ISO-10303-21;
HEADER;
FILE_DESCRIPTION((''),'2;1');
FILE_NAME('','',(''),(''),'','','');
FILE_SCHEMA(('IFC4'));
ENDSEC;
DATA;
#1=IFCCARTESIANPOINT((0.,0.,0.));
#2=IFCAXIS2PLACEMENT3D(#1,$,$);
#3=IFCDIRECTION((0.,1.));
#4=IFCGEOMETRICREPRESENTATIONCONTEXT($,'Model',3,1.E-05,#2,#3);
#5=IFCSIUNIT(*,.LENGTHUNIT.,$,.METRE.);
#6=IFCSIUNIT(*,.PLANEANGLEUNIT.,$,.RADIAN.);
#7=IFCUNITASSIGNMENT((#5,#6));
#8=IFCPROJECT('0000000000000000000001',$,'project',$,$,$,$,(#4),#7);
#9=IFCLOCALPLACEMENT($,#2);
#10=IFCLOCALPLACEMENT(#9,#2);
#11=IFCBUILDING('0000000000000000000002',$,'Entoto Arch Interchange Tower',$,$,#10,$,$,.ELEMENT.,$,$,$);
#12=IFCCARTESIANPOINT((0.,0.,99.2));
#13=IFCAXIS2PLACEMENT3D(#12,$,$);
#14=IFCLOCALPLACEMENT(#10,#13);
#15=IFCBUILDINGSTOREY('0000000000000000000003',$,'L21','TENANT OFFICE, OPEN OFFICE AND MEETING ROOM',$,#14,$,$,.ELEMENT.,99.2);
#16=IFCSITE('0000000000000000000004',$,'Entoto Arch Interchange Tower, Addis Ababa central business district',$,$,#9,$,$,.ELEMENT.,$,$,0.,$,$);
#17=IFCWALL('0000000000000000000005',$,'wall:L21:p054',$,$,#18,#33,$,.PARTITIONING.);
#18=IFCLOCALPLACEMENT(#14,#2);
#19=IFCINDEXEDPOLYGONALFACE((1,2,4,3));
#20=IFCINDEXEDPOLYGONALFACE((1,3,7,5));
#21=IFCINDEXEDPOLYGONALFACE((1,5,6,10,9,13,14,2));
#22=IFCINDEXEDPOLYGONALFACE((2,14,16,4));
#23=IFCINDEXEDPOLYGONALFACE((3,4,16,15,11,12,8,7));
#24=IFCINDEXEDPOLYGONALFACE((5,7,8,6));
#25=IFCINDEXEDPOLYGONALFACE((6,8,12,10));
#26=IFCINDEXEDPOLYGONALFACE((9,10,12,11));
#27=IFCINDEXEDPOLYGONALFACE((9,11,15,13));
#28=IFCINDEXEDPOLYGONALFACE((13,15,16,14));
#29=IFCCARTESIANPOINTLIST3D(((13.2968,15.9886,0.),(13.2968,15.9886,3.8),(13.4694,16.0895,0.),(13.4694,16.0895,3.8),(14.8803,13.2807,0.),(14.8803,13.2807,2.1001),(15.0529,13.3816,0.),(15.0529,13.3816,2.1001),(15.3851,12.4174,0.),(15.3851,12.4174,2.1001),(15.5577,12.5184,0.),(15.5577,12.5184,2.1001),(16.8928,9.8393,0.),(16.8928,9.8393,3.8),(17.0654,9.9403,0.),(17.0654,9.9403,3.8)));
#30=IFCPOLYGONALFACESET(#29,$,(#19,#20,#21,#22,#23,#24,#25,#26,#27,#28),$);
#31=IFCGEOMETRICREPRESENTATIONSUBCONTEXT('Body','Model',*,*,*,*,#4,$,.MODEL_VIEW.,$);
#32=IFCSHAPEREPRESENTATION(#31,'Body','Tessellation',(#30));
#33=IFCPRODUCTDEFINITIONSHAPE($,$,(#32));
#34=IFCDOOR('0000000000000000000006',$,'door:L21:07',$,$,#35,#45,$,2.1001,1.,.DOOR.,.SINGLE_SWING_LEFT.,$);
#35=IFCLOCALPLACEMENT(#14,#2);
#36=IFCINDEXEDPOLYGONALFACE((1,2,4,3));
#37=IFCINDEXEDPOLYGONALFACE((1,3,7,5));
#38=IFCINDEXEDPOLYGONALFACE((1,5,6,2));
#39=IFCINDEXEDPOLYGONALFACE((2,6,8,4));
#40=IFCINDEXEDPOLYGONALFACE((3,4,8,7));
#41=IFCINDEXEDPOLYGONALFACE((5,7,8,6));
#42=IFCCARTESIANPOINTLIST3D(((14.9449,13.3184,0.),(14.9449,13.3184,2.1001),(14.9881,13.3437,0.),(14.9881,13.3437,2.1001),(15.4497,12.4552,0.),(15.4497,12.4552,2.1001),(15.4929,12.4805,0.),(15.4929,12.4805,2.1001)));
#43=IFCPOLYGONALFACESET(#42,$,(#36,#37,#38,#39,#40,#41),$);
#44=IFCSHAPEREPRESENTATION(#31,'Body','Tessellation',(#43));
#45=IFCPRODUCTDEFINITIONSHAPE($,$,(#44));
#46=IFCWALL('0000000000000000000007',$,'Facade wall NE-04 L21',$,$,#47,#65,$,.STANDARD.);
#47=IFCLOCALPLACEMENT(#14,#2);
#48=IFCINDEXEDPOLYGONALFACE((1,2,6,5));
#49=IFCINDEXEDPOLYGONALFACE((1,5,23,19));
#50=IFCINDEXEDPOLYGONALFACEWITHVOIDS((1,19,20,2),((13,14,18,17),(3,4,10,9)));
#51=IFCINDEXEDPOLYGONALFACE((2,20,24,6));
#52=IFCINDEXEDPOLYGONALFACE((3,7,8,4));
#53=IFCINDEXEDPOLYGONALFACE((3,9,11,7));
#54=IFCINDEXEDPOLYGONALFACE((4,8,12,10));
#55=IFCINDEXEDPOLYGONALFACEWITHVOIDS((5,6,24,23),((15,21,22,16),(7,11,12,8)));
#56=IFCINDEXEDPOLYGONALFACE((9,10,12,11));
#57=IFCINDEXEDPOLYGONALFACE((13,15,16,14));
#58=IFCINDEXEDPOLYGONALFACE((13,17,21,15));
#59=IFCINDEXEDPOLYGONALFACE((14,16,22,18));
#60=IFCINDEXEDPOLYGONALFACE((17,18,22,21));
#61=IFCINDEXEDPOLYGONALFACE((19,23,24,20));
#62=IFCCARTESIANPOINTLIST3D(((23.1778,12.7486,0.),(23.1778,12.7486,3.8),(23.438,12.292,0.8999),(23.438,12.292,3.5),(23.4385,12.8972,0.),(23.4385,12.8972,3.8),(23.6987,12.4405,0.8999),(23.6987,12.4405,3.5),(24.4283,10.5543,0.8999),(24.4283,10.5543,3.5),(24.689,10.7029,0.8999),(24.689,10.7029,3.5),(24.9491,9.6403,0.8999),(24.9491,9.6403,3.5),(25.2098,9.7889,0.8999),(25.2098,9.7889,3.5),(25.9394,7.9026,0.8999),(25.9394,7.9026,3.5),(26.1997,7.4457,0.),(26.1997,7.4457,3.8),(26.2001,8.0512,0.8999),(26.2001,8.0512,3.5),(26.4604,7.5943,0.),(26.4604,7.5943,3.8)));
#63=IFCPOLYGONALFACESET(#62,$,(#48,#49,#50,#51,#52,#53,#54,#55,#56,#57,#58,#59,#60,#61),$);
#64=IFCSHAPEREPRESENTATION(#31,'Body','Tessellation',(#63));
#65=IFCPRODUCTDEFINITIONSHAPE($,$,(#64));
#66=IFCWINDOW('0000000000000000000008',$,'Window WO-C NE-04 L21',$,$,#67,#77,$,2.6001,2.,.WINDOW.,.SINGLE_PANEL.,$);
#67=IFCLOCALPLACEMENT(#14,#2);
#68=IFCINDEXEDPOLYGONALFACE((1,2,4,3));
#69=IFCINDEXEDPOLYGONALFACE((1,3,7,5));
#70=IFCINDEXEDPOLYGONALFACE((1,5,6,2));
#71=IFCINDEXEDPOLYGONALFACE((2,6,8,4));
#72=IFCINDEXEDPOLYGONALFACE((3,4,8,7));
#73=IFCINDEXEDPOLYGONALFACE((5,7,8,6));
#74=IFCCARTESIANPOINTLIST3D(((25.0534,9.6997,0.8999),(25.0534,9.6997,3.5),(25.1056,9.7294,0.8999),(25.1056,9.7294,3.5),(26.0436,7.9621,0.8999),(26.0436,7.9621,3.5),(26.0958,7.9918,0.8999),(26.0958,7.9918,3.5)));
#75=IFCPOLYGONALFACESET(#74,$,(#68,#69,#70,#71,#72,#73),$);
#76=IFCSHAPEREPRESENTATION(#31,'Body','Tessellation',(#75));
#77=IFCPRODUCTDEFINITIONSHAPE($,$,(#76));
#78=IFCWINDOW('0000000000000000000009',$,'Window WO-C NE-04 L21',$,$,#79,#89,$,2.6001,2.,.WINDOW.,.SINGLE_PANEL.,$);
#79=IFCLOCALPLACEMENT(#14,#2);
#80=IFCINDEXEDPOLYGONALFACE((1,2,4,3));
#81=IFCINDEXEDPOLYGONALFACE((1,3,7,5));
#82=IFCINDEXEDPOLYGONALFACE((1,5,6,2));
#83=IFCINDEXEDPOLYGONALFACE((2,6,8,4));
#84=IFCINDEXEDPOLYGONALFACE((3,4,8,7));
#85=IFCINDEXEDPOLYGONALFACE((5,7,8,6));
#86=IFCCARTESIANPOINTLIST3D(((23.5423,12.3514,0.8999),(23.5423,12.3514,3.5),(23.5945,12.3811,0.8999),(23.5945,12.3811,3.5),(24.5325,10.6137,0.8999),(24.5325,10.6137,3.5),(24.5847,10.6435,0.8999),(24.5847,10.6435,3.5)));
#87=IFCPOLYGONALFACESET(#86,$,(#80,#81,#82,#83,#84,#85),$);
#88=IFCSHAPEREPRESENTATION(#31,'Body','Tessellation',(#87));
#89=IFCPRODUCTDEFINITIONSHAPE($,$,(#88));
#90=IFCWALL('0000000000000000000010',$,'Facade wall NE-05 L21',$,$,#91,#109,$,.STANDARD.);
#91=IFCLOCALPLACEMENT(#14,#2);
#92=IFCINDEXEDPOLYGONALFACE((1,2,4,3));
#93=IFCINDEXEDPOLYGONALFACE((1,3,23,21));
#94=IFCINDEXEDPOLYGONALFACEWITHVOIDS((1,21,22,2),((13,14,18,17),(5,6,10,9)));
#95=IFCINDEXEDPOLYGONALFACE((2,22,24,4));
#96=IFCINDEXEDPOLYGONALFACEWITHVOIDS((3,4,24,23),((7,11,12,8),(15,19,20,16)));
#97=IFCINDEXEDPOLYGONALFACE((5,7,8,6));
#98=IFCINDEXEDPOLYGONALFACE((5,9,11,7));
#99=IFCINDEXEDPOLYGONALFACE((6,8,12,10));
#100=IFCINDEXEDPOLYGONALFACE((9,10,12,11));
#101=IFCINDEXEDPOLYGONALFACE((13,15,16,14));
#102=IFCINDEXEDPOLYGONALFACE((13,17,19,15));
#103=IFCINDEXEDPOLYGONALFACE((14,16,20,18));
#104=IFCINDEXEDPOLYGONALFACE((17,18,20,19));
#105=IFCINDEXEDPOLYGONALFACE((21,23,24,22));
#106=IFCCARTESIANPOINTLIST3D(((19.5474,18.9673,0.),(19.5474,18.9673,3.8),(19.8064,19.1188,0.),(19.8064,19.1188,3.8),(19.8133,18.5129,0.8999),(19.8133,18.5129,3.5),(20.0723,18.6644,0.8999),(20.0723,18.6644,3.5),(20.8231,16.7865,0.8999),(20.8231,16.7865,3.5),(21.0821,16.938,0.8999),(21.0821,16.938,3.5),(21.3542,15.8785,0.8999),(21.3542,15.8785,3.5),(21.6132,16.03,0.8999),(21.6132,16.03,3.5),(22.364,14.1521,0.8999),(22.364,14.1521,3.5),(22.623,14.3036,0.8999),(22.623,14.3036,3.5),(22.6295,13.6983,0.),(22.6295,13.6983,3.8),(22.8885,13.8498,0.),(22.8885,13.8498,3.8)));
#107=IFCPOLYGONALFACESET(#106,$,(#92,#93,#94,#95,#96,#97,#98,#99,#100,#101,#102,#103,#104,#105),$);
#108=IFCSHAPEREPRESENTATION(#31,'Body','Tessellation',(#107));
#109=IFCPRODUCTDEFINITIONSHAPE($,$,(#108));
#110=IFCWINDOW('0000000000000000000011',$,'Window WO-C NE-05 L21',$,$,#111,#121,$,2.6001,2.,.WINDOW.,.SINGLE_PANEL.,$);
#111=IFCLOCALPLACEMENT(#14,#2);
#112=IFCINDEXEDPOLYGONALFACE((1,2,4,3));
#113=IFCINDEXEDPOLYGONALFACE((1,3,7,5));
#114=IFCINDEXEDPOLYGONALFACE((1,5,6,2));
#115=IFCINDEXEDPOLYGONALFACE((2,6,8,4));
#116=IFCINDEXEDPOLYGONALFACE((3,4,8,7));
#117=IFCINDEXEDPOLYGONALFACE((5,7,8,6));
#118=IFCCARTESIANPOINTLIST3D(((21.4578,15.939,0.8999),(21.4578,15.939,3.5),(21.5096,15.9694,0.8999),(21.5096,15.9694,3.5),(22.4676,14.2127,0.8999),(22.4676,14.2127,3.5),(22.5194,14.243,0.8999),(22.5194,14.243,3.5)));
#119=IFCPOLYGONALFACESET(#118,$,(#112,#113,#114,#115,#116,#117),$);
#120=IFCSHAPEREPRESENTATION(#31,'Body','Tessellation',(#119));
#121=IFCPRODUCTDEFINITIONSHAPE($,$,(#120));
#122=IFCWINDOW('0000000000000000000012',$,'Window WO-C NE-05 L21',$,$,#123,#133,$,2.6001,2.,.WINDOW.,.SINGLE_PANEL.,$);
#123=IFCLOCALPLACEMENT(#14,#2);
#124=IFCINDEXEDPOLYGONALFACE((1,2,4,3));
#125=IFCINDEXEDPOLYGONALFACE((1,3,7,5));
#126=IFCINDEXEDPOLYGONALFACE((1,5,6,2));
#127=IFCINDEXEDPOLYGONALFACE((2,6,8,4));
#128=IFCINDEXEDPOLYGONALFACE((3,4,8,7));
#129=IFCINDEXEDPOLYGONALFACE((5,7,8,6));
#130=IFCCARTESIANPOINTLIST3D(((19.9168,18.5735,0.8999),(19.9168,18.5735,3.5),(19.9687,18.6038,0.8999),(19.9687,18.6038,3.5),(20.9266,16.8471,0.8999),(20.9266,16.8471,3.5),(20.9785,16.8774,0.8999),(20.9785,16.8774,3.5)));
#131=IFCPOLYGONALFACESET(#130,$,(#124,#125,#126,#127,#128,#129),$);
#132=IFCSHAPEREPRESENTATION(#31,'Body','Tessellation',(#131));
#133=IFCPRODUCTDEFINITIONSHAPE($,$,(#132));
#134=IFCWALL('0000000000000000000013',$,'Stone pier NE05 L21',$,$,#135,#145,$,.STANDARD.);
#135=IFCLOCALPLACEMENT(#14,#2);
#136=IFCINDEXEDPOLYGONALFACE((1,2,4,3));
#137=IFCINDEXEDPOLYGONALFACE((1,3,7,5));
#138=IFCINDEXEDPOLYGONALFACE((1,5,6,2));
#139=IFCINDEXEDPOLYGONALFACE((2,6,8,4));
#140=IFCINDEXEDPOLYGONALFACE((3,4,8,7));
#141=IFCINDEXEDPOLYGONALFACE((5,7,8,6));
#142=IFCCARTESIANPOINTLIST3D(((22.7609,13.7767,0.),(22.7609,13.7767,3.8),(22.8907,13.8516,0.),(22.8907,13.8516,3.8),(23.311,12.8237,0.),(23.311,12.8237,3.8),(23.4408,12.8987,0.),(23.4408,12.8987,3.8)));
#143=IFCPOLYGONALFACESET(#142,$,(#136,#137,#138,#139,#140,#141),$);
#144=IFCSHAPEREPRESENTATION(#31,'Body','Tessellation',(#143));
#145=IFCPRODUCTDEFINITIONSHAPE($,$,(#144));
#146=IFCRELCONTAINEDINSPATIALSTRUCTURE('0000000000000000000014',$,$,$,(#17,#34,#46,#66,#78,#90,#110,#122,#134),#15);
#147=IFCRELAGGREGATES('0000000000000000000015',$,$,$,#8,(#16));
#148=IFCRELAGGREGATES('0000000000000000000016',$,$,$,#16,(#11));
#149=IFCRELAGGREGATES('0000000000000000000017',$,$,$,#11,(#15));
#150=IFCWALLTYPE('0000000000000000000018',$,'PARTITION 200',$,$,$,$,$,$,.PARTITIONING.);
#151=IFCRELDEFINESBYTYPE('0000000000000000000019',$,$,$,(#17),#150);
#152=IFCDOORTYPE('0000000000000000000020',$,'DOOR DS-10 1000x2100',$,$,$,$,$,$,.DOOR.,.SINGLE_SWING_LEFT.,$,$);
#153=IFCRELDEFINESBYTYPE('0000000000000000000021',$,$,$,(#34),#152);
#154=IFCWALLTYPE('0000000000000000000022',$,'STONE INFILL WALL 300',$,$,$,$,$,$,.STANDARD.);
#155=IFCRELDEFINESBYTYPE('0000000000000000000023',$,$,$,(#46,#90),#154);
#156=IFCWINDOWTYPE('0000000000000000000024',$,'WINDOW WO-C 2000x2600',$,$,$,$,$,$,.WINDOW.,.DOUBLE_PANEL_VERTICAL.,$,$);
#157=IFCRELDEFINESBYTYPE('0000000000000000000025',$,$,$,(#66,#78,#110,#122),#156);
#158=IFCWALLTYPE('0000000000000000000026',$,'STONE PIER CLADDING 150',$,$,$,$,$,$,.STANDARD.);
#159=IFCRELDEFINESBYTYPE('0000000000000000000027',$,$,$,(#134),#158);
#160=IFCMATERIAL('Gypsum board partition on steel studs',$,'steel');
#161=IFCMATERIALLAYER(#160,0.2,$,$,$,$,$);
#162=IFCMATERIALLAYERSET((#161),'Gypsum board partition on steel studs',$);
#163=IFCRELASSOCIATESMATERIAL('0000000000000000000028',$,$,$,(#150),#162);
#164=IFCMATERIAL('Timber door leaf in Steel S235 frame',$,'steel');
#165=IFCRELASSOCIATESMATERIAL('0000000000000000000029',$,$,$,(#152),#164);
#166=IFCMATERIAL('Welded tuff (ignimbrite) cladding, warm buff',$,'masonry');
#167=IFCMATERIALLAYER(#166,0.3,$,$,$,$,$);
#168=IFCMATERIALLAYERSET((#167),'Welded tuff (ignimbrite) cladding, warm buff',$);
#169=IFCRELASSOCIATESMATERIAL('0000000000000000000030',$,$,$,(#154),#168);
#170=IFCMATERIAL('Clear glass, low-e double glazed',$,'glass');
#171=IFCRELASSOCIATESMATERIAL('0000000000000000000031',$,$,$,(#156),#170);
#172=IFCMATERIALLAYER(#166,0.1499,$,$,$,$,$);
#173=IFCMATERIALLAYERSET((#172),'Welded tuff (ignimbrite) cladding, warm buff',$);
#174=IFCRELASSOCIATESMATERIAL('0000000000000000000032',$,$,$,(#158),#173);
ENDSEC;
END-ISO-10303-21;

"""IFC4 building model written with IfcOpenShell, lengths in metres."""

from ifc_helpers import new_model, si_unit, direction, frame, frame_2d, origin, place, context, subcontext, project, spatial, rectangle, extrude, material, layer, layer_set, type_object, element, fill, save


model = new_model("IFC4")

# Units and contexts
model_context = context("Model", 3, precision=1e-05, world=origin(), true_north=direction((0.0, 1.0)))
body_context = subcontext(model_context, "Body", "Model", "MODEL_VIEW")
ifc_project = project(units=[si_unit("LENGTHUNIT", "METRE"), si_unit("PLANEANGLEUNIT", "RADIAN")], contexts=[model_context])

# Site, building, storey
site_placement = place(None, origin())
site = spatial("IfcSite", under=ifc_project, at=site_placement, Name="Entoto Arch Interchange Tower, Addis Ababa central business district", CompositionType="ELEMENT", RefElevation=0.0)
building_placement = place(site_placement, origin())
building = spatial("IfcBuilding", under=site, at=building_placement, Name="Entoto Arch Interchange Tower", CompositionType="ELEMENT")
storey_placement = place(building_placement, frame((0.0, 0.0, 99.2)))
storey = spatial("IfcBuildingStorey", under=building, at=storey_placement, Name="L21", Description="TENANT OFFICE, OPEN OFFICE AND MEETING ROOM", CompositionType="ELEMENT", Elevation=99.2)

# Shared definitions
ifc_material_1 = material(Name="Gypsum board partition on steel studs", Category="steel")
ifc_layer_1 = layer(ifc_material_1, 0.2)
ifc_layer_set_1 = layer_set([ifc_layer_1], Name="Gypsum board partition on steel studs")
wall_type_1 = type_object("IfcWallType", Name="PARTITION 200", PredefinedType="PARTITIONING", material=ifc_layer_set_1)

# Shared definitions
ifc_material_2 = material(Name="Timber door leaf in Steel S235 frame", Category="steel")
door_type = type_object("IfcDoorType", Name="DOOR DS-10 1000x2100", OperationType="SINGLE_SWING_LEFT", PredefinedType="DOOR", material=ifc_material_2)

# Wall, opening, door
wall_1_placement = place(storey_placement, frame((13.3831, 16.0391, 0.0), z_axis=(0.0, 0.0, 1.0), x_axis=(0.504806, -0.863233, 0.0)))
wall_1 = element("IfcWall", 1, at=wall_1_placement, inside=storey, type_object=wall_type_1, Name="wall:L21:p054", PredefinedType="PARTITIONING", context=body_context, shape_type="SweptSolid", body=[
    extrude(rectangle(XDim=7.1235, YDim=0.2, at=frame_2d((3.5618, 0.0))), origin(), (0.0, 0.0, 1.0), 3.8),
])
opening_1_placement = place(wall_1_placement, frame((3.137, 0.0, 0.0)))
opening_1 = element("IfcOpeningElement", 2, at=opening_1_placement, cuts=wall_1, PredefinedType="OPENING", context=body_context, shape_type="SweptSolid", body=[
    extrude(rectangle(XDim=1.0, YDim=2.1001, at=frame_2d((0.5, 1.05))), frame((0.0, 0.1099, 0.0), z_axis=(0.0, -1.0, 0.0), x_axis=(1.0, 0.0, 0.0)), (0.0, 0.0, 1.0), 0.22),
])
door_1_placement = place(opening_1_placement, origin())
door_1 = element("IfcDoor", 3, at=door_1_placement, inside=storey, type_object=door_type, Name="door:L21:07", OperationType="SINGLE_SWING_LEFT", OverallHeight=2.1001, OverallWidth=1.0, PredefinedType="DOOR", context=body_context, shape_type="SweptSolid", body=[
    extrude(rectangle(XDim=1.0, YDim=2.1001, at=frame_2d((0.5, 1.05))), frame((0.0, 0.0249, 0.0), z_axis=(0.0, -1.0, 0.0), x_axis=(1.0, 0.0, 0.0)), (0.0, 0.0, 1.0), 0.05),
])
fill(opening_1, door_1)

# Walls, openings, windows
ifc_material_3 = material(Name="Welded tuff (ignimbrite) cladding, warm buff", Category="masonry")
ifc_layer_2 = layer(ifc_material_3, 0.3)
ifc_layer_set_2 = layer_set([ifc_layer_2], Name="Welded tuff (ignimbrite) cladding, warm buff")
wall_type_2 = type_object("IfcWallType", Name="STONE INFILL WALL 300", PredefinedType="STANDARD", material=ifc_layer_set_2)
wall_2_placement = place(storey_placement, frame((26.3301, 7.52, 0.0), z_axis=(0.0, 0.0, 1.0), x_axis=(-0.495113, 0.868828, 0.0)))
wall_2 = element("IfcWall", 4, at=wall_2_placement, inside=storey, type_object=wall_type_2, Name="Facade wall NE-04 L21", PredefinedType="STANDARD", context=body_context, shape_type="SweptSolid", body=[
    extrude(rectangle(XDim=6.1035, YDim=0.3, at=frame_2d((3.0518, 0.0))), origin(), (0.0, 0.0, 1.0), 3.8),
])
opening_2_placement = place(wall_2_placement, frame((0.5259, 0.0, 0.8999)))
opening_2 = element("IfcOpeningElement", 5, at=opening_2_placement, cuts=wall_2, PredefinedType="OPENING", context=body_context, shape_type="SweptSolid", body=[
    extrude(rectangle(XDim=2.0, YDim=2.6001, at=frame_2d((1.0, 1.3))), frame((0.0, 0.1602, 0.0), z_axis=(0.0, -1.0, 0.0), x_axis=(1.0, 0.0, 0.0)), (0.0, 0.0, 1.0), 0.3201),
])
opening_3_placement = place(wall_2_placement, frame((3.5779, 0.0, 0.8999)))
opening_3 = element("IfcOpeningElement", 6, at=opening_3_placement, cuts=wall_2, PredefinedType="OPENING", context=body_context, shape_type="SweptSolid", body=[
    extrude(rectangle(XDim=2.0, YDim=2.6001, at=frame_2d((1.0, 1.3))), frame((0.0, 0.1602, 0.0), z_axis=(0.0, -1.0, 0.0), x_axis=(1.0, 0.0, 0.0)), (0.0, 0.0, 1.0), 0.3201),
])
ifc_material_4 = material(Name="Clear glass, low-e double glazed", Category="glass")
window_type = type_object("IfcWindowType", Name="WINDOW WO-C 2000x2600", PartitioningType="DOUBLE_PANEL_VERTICAL", PredefinedType="WINDOW", material=ifc_material_4)
window_1_placement = place(opening_2_placement, origin())
window_1 = element("IfcWindow", 7, at=window_1_placement, inside=storey, type_object=window_type, Name="Window WO-C NE-04 L21", OverallHeight=2.6001, OverallWidth=2.0, PartitioningType="SINGLE_PANEL", PredefinedType="WINDOW", context=body_context, shape_type="SweptSolid", body=[
    extrude(rectangle(XDim=2.0, YDim=2.6001, at=frame_2d((1.0, 1.3))), frame((0.0, 0.03, 0.0), z_axis=(0.0, -1.0, 0.0), x_axis=(1.0, 0.0, 0.0)), (0.0, 0.0, 1.0), 0.0601),
])
fill(opening_2, window_1)
window_2_placement = place(opening_3_placement, origin())
window_2 = element("IfcWindow", 8, at=window_2_placement, inside=storey, type_object=window_type, Name="Window WO-C NE-04 L21", OverallHeight=2.6001, OverallWidth=2.0, PartitioningType="SINGLE_PANEL", PredefinedType="WINDOW", context=body_context, shape_type="SweptSolid", body=[
    extrude(rectangle(XDim=2.0, YDim=2.6001, at=frame_2d((1.0, 1.3))), frame((0.0, 0.03, 0.0), z_axis=(0.0, -1.0, 0.0), x_axis=(1.0, 0.0, 0.0)), (0.0, 0.0, 1.0), 0.0601),
])
fill(opening_3, window_2)
wall_3_placement = place(storey_placement, frame((22.759, 13.7739, 0.0), z_axis=(0.0, 0.0, 1.0), x_axis=(-0.5049, 0.863178, 0.0)))
wall_3 = element("IfcWall", 9, at=wall_3_placement, inside=storey, type_object=wall_type_2, Name="Facade wall NE-05 L21", PredefinedType="STANDARD", context=body_context, shape_type="SweptSolid", body=[
    extrude(rectangle(XDim=6.1042, YDim=0.3, at=frame_2d((3.0522, 0.0))), origin(), (0.0, 0.0, 1.0), 3.8),
])
opening_4_placement = place(wall_3_placement, frame((0.5259, 0.0, 0.8999)))
opening_4 = element("IfcOpeningElement", 10, at=opening_4_placement, cuts=wall_3, PredefinedType="OPENING", context=body_context, shape_type="SweptSolid", body=[
    extrude(rectangle(XDim=2.0, YDim=2.6001, at=frame_2d((1.0, 1.3))), frame((0.0, 0.1602, 0.0), z_axis=(0.0, -1.0, 0.0), x_axis=(1.0, 0.0, 0.0)), (0.0, 0.0, 1.0), 0.3201),
])
opening_5_placement = place(wall_3_placement, frame((3.5779, 0.0, 0.8999)))
opening_5 = element("IfcOpeningElement", 11, at=opening_5_placement, cuts=wall_3, PredefinedType="OPENING", context=body_context, shape_type="SweptSolid", body=[
    extrude(rectangle(XDim=2.0, YDim=2.6001, at=frame_2d((1.0, 1.3))), frame((0.0, 0.1602, 0.0), z_axis=(0.0, -1.0, 0.0), x_axis=(1.0, 0.0, 0.0)), (0.0, 0.0, 1.0), 0.3201),
])
window_3_placement = place(opening_4_placement, origin())
window_3 = element("IfcWindow", 12, at=window_3_placement, inside=storey, type_object=window_type, Name="Window WO-C NE-05 L21", OverallHeight=2.6001, OverallWidth=2.0, PartitioningType="SINGLE_PANEL", PredefinedType="WINDOW", context=body_context, shape_type="SweptSolid", body=[
    extrude(rectangle(XDim=2.0, YDim=2.6001, at=frame_2d((1.0, 1.3))), frame((0.0, 0.03, 0.0), z_axis=(0.0, -1.0, 0.0), x_axis=(1.0, 0.0, 0.0)), (0.0, 0.0, 1.0), 0.0601),
])
fill(opening_4, window_3)
window_4_placement = place(opening_5_placement, origin())
window_4 = element("IfcWindow", 13, at=window_4_placement, inside=storey, type_object=window_type, Name="Window WO-C NE-05 L21", OverallHeight=2.6001, OverallWidth=2.0, PartitioningType="SINGLE_PANEL", PredefinedType="WINDOW", context=body_context, shape_type="SweptSolid", body=[
    extrude(rectangle(XDim=2.0, YDim=2.6001, at=frame_2d((1.0, 1.3))), frame((0.0, 0.03, 0.0), z_axis=(0.0, -1.0, 0.0), x_axis=(1.0, 0.0, 0.0)), (0.0, 0.0, 1.0), 0.0601),
])
fill(opening_5, window_4)

# Wall
ifc_layer_3 = layer(ifc_material_3, 0.1499)
ifc_layer_set_3 = layer_set([ifc_layer_3], Name="Welded tuff (ignimbrite) cladding, warm buff")
wall_type_3 = type_object("IfcWallType", Name="STONE PIER CLADDING 150", PredefinedType="STANDARD", material=ifc_layer_set_3)
wall_4_placement = place(storey_placement, frame((23.376, 12.8611, 0.0), z_axis=(0.0, 0.0, 1.0), x_axis=(-0.499934, 0.866064, 0.0)))
element("IfcWall", 14, at=wall_4_placement, inside=storey, type_object=wall_type_3, Name="Stone pier NE05 L21", PredefinedType="STANDARD", context=body_context, shape_type="SweptSolid", body=[
    extrude(rectangle(XDim=1.1003, YDim=0.1499, at=frame_2d((0.5503, 0.0))), origin(), (0.0, 0.0, 1.0), 3.8),
])

save(model, "model.ifc")
